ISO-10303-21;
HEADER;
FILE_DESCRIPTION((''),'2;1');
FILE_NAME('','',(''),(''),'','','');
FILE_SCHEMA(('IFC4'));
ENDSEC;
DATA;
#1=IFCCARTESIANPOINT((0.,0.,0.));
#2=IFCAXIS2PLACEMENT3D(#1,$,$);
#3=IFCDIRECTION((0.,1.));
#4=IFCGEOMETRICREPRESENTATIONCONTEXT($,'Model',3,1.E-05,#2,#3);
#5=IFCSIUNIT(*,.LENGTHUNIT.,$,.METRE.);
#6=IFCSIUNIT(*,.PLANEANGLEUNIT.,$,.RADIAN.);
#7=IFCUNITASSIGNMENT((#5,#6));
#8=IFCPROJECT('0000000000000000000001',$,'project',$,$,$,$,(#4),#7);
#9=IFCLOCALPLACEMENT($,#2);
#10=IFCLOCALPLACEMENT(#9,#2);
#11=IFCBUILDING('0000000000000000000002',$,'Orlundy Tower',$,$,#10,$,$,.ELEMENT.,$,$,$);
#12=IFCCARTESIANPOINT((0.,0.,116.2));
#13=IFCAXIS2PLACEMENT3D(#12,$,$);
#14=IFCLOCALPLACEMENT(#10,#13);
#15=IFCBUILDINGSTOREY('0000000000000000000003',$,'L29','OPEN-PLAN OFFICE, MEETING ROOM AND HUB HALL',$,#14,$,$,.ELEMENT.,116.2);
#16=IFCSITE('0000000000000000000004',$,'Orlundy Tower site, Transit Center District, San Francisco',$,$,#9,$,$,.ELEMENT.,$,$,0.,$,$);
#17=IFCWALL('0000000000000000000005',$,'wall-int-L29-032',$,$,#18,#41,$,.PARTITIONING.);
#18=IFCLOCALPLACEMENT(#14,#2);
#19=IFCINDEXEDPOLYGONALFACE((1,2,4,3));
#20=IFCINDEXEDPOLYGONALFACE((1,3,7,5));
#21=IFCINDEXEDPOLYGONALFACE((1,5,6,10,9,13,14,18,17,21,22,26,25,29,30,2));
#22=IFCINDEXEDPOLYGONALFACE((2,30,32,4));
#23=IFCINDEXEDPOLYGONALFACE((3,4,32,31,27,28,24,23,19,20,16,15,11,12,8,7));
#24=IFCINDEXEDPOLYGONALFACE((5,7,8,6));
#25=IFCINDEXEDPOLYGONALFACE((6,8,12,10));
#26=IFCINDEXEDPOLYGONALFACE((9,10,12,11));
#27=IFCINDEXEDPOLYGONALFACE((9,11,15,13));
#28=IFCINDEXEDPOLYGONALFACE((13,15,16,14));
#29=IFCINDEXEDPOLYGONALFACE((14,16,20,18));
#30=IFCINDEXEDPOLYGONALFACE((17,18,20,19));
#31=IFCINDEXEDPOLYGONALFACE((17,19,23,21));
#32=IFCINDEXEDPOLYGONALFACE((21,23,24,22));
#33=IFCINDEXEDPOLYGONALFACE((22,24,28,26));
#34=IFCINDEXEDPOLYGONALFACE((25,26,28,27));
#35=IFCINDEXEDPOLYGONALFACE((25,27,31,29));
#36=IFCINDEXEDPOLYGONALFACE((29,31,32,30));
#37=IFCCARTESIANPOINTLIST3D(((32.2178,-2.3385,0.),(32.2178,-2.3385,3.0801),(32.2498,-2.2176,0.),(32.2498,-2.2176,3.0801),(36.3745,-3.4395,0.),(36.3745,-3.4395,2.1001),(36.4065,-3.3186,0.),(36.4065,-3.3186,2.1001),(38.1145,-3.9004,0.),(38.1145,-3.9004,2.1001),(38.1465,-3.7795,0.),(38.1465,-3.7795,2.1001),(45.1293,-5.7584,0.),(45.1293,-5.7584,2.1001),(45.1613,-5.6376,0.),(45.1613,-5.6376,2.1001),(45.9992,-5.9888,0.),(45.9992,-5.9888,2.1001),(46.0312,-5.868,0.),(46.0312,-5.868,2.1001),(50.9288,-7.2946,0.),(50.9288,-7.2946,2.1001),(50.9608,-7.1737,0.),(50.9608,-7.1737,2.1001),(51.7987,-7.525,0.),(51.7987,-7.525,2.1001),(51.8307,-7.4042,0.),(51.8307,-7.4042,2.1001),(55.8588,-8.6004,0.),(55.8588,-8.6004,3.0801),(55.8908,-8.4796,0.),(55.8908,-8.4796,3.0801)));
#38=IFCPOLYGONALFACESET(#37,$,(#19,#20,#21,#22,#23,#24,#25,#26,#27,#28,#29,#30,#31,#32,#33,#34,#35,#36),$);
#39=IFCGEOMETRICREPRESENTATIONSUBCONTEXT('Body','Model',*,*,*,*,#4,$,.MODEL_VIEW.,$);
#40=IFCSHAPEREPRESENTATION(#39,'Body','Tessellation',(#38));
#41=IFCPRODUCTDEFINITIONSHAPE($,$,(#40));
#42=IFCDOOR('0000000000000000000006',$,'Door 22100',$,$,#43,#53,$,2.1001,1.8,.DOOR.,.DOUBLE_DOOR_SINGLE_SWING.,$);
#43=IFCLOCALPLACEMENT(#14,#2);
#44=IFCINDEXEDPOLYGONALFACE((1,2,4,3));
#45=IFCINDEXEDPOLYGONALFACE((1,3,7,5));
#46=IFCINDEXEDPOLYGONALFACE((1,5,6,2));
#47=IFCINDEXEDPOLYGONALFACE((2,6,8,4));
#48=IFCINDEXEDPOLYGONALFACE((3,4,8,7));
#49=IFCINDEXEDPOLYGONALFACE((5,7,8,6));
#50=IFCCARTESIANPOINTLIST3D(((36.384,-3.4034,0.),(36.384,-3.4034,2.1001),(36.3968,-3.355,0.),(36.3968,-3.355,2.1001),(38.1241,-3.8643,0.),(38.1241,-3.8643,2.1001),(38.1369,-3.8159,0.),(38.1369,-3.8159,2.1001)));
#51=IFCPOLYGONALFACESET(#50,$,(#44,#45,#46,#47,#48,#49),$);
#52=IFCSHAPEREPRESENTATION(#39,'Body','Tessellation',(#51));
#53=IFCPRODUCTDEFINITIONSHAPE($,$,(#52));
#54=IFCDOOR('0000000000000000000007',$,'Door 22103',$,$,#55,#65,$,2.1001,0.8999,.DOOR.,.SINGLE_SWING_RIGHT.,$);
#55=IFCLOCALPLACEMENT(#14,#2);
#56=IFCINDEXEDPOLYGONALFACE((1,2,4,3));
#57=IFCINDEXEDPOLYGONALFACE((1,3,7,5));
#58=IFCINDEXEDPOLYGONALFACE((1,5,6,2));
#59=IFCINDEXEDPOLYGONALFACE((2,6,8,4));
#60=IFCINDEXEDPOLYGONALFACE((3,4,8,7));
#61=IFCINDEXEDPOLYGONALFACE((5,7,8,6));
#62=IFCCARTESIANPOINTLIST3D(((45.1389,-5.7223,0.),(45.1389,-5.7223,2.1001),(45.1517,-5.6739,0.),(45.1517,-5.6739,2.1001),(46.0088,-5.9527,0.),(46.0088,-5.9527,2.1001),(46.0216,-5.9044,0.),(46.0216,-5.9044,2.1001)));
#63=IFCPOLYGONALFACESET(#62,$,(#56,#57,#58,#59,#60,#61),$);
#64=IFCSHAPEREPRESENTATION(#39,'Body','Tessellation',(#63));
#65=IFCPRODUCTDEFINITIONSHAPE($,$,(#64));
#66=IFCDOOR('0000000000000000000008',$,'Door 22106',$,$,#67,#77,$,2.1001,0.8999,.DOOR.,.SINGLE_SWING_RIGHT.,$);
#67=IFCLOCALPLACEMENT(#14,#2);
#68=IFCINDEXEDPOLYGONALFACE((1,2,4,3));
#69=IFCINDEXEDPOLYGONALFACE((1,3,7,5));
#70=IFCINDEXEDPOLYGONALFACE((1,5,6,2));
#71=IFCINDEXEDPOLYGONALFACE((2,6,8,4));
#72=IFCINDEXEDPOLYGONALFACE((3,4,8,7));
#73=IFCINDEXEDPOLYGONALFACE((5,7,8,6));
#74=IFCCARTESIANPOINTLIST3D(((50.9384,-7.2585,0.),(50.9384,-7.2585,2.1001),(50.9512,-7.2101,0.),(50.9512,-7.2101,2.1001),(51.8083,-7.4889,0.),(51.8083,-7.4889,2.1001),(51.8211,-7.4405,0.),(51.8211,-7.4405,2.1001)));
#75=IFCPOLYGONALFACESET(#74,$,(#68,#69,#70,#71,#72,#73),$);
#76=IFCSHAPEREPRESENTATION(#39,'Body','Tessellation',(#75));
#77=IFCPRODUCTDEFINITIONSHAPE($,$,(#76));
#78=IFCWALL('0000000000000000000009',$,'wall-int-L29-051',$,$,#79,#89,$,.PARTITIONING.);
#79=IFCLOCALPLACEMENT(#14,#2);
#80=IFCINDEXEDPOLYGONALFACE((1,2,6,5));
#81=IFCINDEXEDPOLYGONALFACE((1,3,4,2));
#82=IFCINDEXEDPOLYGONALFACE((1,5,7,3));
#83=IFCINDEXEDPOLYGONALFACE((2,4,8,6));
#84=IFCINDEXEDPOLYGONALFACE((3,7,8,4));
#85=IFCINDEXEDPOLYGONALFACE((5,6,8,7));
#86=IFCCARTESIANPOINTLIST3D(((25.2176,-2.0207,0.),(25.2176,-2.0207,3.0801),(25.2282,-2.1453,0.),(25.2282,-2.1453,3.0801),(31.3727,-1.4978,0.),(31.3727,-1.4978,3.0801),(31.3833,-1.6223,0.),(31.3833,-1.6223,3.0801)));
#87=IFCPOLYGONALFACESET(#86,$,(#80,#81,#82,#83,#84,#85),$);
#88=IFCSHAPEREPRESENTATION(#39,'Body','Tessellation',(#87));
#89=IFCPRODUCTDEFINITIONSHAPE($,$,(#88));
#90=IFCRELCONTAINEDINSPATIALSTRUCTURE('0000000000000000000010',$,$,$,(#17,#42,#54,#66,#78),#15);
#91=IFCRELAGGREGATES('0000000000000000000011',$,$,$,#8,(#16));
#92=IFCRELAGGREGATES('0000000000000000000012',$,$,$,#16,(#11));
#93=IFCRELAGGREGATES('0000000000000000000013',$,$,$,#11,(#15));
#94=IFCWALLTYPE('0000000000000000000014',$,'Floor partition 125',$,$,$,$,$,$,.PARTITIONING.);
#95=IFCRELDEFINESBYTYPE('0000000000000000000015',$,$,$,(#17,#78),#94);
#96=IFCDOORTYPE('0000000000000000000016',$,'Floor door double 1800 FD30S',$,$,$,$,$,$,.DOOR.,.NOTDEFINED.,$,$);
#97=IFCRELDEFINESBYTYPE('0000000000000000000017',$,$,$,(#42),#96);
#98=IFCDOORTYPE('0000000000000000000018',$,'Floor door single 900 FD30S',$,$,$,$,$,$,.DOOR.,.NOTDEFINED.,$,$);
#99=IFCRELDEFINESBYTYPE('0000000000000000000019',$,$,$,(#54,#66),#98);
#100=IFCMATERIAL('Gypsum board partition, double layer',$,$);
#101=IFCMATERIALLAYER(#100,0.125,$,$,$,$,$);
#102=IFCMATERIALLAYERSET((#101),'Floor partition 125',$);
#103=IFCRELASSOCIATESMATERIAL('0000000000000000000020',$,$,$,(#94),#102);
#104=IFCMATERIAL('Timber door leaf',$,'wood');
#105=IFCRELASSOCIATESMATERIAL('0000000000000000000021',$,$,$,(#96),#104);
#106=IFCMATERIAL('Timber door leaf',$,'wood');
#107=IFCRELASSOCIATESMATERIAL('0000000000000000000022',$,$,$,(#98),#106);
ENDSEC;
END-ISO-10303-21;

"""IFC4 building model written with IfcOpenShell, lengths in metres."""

from ifc_helpers import new_model, si_unit, direction, frame, frame_2d, origin, place, context, subcontext, project, spatial, rectangle, extrude, material, layer, layer_set, type_object, element, fill, save


model = new_model("IFC4")

# Units and contexts
model_context = context("Model", 3, precision=1e-05, world=origin(), true_north=direction((0.0, 1.0)))
body_context = subcontext(model_context, "Body", "Model", "MODEL_VIEW")
ifc_project = project(units=[si_unit("LENGTHUNIT", "METRE"), si_unit("PLANEANGLEUNIT", "RADIAN")], contexts=[model_context])

# Site, building, storey
site_placement = place(None, origin())
site = spatial("IfcSite", under=ifc_project, at=site_placement, Name="Orlundy Tower site, Transit Center District, San Francisco", CompositionType="ELEMENT", RefElevation=0.0)
building_placement = place(site_placement, origin())
building = spatial("IfcBuilding", under=site, at=building_placement, Name="Orlundy Tower", CompositionType="ELEMENT")
storey_placement = place(building_placement, frame((0.0, 0.0, 116.2)))
storey = spatial("IfcBuildingStorey", under=building, at=storey_placement, Name="L29", Description="OPEN-PLAN OFFICE, MEETING ROOM AND HUB HALL", CompositionType="ELEMENT", Elevation=116.2)

# Shared definitions
ifc_material_1 = material(Name="Gypsum board partition, double layer")
ifc_layer_1 = layer(ifc_material_1, 0.125)
ifc_layer_set_1 = layer_set([ifc_layer_1], Name="Floor partition 125")
wall_type_1 = type_object("IfcWallType", Name="Floor partition 125", PredefinedType="PARTITIONING", material=ifc_layer_set_1)

# Wall, openings, doors
wall_1_placement = place(storey_placement, frame((32.2339, -2.2781, 0.0), z_axis=(0.0, 0.0, 1.0), x_axis=(0.966665, -0.256046, 0.0)))
wall_1 = element("IfcWall", 1, at=wall_1_placement, inside=storey, type_object=wall_type_1, Name="wall-int-L29-032", PredefinedType="PARTITIONING", context=body_context, shape_type="SweptSolid", body=[
    extrude(rectangle(XDim=24.4563, YDim=0.125, at=frame_2d((12.228, 0.0))), origin(), (0.0, 0.0, 1.0), 3.0801),
])
opening_1_placement = place(wall_1_placement, frame((4.3, 0.0, 0.0)))
opening_1 = element("IfcOpeningElement", 2, at=opening_1_placement, cuts=wall_1, PredefinedType="OPENING", context=body_context, shape_type="SweptSolid", body=[
    extrude(rectangle(XDim=1.8, YDim=2.1001, at=frame_2d((0.8999, 1.05))), frame((0.0, 0.0725, 0.0), z_axis=(0.0, -1.0, 0.0), x_axis=(1.0, 0.0, 0.0)), (0.0, 0.0, 1.0), 0.145),
])
opening_2_placement = place(wall_1_placement, frame((13.3567, 0.0, 0.0)))
opening_2 = element("IfcOpeningElement", 3, at=opening_2_placement, cuts=wall_1, PredefinedType="OPENING", context=body_context, shape_type="SweptSolid", body=[
    extrude(rectangle(XDim=0.8999, YDim=2.1001, at=frame_2d((0.45, 1.05))), frame((0.0, 0.0725, 0.0), z_axis=(0.0, -1.0, 0.0), x_axis=(1.0, 0.0, 0.0)), (0.0, 0.0, 1.0), 0.145),
])
opening_3_placement = place(wall_1_placement, frame((19.3562, 0.0, 0.0)))
opening_3 = element("IfcOpeningElement", 4, at=opening_3_placement, cuts=wall_1, PredefinedType="OPENING", context=body_context, shape_type="SweptSolid", body=[
    extrude(rectangle(XDim=0.8999, YDim=2.1001, at=frame_2d((0.45, 1.05))), frame((0.0, 0.0725, 0.0), z_axis=(0.0, -1.0, 0.0), x_axis=(1.0, 0.0, 0.0)), (0.0, 0.0, 1.0), 0.145),
])
ifc_material_2 = material(Name="Timber door leaf", Category="wood")
door_type_1 = type_object("IfcDoorType", Name="Floor door double 1800 FD30S", OperationType="NOTDEFINED", PredefinedType="DOOR", material=ifc_material_2)
door_1_placement = place(opening_1_placement, origin())
door_1 = element("IfcDoor", 5, at=door_1_placement, inside=storey, type_object=door_type_1, Name="Door 22100", OperationType="DOUBLE_DOOR_SINGLE_SWING", OverallHeight=2.1001, OverallWidth=1.8, PredefinedType="DOOR", context=body_context, shape_type="SweptSolid", body=[
    extrude(rectangle(XDim=1.8, YDim=2.1001, at=frame_2d((0.8999, 1.05))), frame((0.0, 0.0249, 0.0), z_axis=(0.0, -1.0, 0.0), x_axis=(1.0, 0.0, 0.0)), (0.0, 0.0, 1.0), 0.05),
])
fill(opening_1, door_1)
ifc_material_3 = material(Name="Timber door leaf", Category="wood")
door_type_2 = type_object("IfcDoorType", Name="Floor door single 900 FD30S", OperationType="NOTDEFINED", PredefinedType="DOOR", material=ifc_material_3)
door_2_placement = place(opening_2_placement, origin())
door_2 = element("IfcDoor", 6, at=door_2_placement, inside=storey, type_object=door_type_2, Name="Door 22103", OperationType="SINGLE_SWING_RIGHT", OverallHeight=2.1001, OverallWidth=0.8999, PredefinedType="DOOR", context=body_context, shape_type="SweptSolid", body=[
    extrude(rectangle(XDim=0.8999, YDim=2.1001, at=frame_2d((0.45, 1.05))), frame((0.0, 0.0249, 0.0), z_axis=(0.0, -1.0, 0.0), x_axis=(1.0, 0.0, 0.0)), (0.0, 0.0, 1.0), 0.05),
])
fill(opening_2, door_2)
door_3_placement = place(opening_3_placement, origin())
door_3 = element("IfcDoor", 7, at=door_3_placement, inside=storey, type_object=door_type_2, Name="Door 22106", OperationType="SINGLE_SWING_RIGHT", OverallHeight=2.1001, OverallWidth=0.8999, PredefinedType="DOOR", context=body_context, shape_type="SweptSolid", body=[
    extrude(rectangle(XDim=0.8999, YDim=2.1001, at=frame_2d((0.45, 1.05))), frame((0.0, 0.0249, 0.0), z_axis=(0.0, -1.0, 0.0), x_axis=(1.0, 0.0, 0.0)), (0.0, 0.0, 1.0), 0.05),
])
fill(opening_3, door_3)

# Wall
wall_2_placement = place(storey_placement, frame((25.2229, -2.083, 0.0), z_axis=(0.0, 0.0, 1.0), x_axis=(0.99641, 0.084658, 0.0)))
element("IfcWall", 8, at=wall_2_placement, inside=storey, type_object=wall_type_1, Name="wall-int-L29-051", PredefinedType="PARTITIONING", context=body_context, shape_type="SweptSolid", body=[
    extrude(rectangle(XDim=6.1772, YDim=0.125, at=frame_2d((3.0886, 0.0))), origin(), (0.0, 0.0, 1.0), 3.0801),
])

save(model, "model.ifc")
